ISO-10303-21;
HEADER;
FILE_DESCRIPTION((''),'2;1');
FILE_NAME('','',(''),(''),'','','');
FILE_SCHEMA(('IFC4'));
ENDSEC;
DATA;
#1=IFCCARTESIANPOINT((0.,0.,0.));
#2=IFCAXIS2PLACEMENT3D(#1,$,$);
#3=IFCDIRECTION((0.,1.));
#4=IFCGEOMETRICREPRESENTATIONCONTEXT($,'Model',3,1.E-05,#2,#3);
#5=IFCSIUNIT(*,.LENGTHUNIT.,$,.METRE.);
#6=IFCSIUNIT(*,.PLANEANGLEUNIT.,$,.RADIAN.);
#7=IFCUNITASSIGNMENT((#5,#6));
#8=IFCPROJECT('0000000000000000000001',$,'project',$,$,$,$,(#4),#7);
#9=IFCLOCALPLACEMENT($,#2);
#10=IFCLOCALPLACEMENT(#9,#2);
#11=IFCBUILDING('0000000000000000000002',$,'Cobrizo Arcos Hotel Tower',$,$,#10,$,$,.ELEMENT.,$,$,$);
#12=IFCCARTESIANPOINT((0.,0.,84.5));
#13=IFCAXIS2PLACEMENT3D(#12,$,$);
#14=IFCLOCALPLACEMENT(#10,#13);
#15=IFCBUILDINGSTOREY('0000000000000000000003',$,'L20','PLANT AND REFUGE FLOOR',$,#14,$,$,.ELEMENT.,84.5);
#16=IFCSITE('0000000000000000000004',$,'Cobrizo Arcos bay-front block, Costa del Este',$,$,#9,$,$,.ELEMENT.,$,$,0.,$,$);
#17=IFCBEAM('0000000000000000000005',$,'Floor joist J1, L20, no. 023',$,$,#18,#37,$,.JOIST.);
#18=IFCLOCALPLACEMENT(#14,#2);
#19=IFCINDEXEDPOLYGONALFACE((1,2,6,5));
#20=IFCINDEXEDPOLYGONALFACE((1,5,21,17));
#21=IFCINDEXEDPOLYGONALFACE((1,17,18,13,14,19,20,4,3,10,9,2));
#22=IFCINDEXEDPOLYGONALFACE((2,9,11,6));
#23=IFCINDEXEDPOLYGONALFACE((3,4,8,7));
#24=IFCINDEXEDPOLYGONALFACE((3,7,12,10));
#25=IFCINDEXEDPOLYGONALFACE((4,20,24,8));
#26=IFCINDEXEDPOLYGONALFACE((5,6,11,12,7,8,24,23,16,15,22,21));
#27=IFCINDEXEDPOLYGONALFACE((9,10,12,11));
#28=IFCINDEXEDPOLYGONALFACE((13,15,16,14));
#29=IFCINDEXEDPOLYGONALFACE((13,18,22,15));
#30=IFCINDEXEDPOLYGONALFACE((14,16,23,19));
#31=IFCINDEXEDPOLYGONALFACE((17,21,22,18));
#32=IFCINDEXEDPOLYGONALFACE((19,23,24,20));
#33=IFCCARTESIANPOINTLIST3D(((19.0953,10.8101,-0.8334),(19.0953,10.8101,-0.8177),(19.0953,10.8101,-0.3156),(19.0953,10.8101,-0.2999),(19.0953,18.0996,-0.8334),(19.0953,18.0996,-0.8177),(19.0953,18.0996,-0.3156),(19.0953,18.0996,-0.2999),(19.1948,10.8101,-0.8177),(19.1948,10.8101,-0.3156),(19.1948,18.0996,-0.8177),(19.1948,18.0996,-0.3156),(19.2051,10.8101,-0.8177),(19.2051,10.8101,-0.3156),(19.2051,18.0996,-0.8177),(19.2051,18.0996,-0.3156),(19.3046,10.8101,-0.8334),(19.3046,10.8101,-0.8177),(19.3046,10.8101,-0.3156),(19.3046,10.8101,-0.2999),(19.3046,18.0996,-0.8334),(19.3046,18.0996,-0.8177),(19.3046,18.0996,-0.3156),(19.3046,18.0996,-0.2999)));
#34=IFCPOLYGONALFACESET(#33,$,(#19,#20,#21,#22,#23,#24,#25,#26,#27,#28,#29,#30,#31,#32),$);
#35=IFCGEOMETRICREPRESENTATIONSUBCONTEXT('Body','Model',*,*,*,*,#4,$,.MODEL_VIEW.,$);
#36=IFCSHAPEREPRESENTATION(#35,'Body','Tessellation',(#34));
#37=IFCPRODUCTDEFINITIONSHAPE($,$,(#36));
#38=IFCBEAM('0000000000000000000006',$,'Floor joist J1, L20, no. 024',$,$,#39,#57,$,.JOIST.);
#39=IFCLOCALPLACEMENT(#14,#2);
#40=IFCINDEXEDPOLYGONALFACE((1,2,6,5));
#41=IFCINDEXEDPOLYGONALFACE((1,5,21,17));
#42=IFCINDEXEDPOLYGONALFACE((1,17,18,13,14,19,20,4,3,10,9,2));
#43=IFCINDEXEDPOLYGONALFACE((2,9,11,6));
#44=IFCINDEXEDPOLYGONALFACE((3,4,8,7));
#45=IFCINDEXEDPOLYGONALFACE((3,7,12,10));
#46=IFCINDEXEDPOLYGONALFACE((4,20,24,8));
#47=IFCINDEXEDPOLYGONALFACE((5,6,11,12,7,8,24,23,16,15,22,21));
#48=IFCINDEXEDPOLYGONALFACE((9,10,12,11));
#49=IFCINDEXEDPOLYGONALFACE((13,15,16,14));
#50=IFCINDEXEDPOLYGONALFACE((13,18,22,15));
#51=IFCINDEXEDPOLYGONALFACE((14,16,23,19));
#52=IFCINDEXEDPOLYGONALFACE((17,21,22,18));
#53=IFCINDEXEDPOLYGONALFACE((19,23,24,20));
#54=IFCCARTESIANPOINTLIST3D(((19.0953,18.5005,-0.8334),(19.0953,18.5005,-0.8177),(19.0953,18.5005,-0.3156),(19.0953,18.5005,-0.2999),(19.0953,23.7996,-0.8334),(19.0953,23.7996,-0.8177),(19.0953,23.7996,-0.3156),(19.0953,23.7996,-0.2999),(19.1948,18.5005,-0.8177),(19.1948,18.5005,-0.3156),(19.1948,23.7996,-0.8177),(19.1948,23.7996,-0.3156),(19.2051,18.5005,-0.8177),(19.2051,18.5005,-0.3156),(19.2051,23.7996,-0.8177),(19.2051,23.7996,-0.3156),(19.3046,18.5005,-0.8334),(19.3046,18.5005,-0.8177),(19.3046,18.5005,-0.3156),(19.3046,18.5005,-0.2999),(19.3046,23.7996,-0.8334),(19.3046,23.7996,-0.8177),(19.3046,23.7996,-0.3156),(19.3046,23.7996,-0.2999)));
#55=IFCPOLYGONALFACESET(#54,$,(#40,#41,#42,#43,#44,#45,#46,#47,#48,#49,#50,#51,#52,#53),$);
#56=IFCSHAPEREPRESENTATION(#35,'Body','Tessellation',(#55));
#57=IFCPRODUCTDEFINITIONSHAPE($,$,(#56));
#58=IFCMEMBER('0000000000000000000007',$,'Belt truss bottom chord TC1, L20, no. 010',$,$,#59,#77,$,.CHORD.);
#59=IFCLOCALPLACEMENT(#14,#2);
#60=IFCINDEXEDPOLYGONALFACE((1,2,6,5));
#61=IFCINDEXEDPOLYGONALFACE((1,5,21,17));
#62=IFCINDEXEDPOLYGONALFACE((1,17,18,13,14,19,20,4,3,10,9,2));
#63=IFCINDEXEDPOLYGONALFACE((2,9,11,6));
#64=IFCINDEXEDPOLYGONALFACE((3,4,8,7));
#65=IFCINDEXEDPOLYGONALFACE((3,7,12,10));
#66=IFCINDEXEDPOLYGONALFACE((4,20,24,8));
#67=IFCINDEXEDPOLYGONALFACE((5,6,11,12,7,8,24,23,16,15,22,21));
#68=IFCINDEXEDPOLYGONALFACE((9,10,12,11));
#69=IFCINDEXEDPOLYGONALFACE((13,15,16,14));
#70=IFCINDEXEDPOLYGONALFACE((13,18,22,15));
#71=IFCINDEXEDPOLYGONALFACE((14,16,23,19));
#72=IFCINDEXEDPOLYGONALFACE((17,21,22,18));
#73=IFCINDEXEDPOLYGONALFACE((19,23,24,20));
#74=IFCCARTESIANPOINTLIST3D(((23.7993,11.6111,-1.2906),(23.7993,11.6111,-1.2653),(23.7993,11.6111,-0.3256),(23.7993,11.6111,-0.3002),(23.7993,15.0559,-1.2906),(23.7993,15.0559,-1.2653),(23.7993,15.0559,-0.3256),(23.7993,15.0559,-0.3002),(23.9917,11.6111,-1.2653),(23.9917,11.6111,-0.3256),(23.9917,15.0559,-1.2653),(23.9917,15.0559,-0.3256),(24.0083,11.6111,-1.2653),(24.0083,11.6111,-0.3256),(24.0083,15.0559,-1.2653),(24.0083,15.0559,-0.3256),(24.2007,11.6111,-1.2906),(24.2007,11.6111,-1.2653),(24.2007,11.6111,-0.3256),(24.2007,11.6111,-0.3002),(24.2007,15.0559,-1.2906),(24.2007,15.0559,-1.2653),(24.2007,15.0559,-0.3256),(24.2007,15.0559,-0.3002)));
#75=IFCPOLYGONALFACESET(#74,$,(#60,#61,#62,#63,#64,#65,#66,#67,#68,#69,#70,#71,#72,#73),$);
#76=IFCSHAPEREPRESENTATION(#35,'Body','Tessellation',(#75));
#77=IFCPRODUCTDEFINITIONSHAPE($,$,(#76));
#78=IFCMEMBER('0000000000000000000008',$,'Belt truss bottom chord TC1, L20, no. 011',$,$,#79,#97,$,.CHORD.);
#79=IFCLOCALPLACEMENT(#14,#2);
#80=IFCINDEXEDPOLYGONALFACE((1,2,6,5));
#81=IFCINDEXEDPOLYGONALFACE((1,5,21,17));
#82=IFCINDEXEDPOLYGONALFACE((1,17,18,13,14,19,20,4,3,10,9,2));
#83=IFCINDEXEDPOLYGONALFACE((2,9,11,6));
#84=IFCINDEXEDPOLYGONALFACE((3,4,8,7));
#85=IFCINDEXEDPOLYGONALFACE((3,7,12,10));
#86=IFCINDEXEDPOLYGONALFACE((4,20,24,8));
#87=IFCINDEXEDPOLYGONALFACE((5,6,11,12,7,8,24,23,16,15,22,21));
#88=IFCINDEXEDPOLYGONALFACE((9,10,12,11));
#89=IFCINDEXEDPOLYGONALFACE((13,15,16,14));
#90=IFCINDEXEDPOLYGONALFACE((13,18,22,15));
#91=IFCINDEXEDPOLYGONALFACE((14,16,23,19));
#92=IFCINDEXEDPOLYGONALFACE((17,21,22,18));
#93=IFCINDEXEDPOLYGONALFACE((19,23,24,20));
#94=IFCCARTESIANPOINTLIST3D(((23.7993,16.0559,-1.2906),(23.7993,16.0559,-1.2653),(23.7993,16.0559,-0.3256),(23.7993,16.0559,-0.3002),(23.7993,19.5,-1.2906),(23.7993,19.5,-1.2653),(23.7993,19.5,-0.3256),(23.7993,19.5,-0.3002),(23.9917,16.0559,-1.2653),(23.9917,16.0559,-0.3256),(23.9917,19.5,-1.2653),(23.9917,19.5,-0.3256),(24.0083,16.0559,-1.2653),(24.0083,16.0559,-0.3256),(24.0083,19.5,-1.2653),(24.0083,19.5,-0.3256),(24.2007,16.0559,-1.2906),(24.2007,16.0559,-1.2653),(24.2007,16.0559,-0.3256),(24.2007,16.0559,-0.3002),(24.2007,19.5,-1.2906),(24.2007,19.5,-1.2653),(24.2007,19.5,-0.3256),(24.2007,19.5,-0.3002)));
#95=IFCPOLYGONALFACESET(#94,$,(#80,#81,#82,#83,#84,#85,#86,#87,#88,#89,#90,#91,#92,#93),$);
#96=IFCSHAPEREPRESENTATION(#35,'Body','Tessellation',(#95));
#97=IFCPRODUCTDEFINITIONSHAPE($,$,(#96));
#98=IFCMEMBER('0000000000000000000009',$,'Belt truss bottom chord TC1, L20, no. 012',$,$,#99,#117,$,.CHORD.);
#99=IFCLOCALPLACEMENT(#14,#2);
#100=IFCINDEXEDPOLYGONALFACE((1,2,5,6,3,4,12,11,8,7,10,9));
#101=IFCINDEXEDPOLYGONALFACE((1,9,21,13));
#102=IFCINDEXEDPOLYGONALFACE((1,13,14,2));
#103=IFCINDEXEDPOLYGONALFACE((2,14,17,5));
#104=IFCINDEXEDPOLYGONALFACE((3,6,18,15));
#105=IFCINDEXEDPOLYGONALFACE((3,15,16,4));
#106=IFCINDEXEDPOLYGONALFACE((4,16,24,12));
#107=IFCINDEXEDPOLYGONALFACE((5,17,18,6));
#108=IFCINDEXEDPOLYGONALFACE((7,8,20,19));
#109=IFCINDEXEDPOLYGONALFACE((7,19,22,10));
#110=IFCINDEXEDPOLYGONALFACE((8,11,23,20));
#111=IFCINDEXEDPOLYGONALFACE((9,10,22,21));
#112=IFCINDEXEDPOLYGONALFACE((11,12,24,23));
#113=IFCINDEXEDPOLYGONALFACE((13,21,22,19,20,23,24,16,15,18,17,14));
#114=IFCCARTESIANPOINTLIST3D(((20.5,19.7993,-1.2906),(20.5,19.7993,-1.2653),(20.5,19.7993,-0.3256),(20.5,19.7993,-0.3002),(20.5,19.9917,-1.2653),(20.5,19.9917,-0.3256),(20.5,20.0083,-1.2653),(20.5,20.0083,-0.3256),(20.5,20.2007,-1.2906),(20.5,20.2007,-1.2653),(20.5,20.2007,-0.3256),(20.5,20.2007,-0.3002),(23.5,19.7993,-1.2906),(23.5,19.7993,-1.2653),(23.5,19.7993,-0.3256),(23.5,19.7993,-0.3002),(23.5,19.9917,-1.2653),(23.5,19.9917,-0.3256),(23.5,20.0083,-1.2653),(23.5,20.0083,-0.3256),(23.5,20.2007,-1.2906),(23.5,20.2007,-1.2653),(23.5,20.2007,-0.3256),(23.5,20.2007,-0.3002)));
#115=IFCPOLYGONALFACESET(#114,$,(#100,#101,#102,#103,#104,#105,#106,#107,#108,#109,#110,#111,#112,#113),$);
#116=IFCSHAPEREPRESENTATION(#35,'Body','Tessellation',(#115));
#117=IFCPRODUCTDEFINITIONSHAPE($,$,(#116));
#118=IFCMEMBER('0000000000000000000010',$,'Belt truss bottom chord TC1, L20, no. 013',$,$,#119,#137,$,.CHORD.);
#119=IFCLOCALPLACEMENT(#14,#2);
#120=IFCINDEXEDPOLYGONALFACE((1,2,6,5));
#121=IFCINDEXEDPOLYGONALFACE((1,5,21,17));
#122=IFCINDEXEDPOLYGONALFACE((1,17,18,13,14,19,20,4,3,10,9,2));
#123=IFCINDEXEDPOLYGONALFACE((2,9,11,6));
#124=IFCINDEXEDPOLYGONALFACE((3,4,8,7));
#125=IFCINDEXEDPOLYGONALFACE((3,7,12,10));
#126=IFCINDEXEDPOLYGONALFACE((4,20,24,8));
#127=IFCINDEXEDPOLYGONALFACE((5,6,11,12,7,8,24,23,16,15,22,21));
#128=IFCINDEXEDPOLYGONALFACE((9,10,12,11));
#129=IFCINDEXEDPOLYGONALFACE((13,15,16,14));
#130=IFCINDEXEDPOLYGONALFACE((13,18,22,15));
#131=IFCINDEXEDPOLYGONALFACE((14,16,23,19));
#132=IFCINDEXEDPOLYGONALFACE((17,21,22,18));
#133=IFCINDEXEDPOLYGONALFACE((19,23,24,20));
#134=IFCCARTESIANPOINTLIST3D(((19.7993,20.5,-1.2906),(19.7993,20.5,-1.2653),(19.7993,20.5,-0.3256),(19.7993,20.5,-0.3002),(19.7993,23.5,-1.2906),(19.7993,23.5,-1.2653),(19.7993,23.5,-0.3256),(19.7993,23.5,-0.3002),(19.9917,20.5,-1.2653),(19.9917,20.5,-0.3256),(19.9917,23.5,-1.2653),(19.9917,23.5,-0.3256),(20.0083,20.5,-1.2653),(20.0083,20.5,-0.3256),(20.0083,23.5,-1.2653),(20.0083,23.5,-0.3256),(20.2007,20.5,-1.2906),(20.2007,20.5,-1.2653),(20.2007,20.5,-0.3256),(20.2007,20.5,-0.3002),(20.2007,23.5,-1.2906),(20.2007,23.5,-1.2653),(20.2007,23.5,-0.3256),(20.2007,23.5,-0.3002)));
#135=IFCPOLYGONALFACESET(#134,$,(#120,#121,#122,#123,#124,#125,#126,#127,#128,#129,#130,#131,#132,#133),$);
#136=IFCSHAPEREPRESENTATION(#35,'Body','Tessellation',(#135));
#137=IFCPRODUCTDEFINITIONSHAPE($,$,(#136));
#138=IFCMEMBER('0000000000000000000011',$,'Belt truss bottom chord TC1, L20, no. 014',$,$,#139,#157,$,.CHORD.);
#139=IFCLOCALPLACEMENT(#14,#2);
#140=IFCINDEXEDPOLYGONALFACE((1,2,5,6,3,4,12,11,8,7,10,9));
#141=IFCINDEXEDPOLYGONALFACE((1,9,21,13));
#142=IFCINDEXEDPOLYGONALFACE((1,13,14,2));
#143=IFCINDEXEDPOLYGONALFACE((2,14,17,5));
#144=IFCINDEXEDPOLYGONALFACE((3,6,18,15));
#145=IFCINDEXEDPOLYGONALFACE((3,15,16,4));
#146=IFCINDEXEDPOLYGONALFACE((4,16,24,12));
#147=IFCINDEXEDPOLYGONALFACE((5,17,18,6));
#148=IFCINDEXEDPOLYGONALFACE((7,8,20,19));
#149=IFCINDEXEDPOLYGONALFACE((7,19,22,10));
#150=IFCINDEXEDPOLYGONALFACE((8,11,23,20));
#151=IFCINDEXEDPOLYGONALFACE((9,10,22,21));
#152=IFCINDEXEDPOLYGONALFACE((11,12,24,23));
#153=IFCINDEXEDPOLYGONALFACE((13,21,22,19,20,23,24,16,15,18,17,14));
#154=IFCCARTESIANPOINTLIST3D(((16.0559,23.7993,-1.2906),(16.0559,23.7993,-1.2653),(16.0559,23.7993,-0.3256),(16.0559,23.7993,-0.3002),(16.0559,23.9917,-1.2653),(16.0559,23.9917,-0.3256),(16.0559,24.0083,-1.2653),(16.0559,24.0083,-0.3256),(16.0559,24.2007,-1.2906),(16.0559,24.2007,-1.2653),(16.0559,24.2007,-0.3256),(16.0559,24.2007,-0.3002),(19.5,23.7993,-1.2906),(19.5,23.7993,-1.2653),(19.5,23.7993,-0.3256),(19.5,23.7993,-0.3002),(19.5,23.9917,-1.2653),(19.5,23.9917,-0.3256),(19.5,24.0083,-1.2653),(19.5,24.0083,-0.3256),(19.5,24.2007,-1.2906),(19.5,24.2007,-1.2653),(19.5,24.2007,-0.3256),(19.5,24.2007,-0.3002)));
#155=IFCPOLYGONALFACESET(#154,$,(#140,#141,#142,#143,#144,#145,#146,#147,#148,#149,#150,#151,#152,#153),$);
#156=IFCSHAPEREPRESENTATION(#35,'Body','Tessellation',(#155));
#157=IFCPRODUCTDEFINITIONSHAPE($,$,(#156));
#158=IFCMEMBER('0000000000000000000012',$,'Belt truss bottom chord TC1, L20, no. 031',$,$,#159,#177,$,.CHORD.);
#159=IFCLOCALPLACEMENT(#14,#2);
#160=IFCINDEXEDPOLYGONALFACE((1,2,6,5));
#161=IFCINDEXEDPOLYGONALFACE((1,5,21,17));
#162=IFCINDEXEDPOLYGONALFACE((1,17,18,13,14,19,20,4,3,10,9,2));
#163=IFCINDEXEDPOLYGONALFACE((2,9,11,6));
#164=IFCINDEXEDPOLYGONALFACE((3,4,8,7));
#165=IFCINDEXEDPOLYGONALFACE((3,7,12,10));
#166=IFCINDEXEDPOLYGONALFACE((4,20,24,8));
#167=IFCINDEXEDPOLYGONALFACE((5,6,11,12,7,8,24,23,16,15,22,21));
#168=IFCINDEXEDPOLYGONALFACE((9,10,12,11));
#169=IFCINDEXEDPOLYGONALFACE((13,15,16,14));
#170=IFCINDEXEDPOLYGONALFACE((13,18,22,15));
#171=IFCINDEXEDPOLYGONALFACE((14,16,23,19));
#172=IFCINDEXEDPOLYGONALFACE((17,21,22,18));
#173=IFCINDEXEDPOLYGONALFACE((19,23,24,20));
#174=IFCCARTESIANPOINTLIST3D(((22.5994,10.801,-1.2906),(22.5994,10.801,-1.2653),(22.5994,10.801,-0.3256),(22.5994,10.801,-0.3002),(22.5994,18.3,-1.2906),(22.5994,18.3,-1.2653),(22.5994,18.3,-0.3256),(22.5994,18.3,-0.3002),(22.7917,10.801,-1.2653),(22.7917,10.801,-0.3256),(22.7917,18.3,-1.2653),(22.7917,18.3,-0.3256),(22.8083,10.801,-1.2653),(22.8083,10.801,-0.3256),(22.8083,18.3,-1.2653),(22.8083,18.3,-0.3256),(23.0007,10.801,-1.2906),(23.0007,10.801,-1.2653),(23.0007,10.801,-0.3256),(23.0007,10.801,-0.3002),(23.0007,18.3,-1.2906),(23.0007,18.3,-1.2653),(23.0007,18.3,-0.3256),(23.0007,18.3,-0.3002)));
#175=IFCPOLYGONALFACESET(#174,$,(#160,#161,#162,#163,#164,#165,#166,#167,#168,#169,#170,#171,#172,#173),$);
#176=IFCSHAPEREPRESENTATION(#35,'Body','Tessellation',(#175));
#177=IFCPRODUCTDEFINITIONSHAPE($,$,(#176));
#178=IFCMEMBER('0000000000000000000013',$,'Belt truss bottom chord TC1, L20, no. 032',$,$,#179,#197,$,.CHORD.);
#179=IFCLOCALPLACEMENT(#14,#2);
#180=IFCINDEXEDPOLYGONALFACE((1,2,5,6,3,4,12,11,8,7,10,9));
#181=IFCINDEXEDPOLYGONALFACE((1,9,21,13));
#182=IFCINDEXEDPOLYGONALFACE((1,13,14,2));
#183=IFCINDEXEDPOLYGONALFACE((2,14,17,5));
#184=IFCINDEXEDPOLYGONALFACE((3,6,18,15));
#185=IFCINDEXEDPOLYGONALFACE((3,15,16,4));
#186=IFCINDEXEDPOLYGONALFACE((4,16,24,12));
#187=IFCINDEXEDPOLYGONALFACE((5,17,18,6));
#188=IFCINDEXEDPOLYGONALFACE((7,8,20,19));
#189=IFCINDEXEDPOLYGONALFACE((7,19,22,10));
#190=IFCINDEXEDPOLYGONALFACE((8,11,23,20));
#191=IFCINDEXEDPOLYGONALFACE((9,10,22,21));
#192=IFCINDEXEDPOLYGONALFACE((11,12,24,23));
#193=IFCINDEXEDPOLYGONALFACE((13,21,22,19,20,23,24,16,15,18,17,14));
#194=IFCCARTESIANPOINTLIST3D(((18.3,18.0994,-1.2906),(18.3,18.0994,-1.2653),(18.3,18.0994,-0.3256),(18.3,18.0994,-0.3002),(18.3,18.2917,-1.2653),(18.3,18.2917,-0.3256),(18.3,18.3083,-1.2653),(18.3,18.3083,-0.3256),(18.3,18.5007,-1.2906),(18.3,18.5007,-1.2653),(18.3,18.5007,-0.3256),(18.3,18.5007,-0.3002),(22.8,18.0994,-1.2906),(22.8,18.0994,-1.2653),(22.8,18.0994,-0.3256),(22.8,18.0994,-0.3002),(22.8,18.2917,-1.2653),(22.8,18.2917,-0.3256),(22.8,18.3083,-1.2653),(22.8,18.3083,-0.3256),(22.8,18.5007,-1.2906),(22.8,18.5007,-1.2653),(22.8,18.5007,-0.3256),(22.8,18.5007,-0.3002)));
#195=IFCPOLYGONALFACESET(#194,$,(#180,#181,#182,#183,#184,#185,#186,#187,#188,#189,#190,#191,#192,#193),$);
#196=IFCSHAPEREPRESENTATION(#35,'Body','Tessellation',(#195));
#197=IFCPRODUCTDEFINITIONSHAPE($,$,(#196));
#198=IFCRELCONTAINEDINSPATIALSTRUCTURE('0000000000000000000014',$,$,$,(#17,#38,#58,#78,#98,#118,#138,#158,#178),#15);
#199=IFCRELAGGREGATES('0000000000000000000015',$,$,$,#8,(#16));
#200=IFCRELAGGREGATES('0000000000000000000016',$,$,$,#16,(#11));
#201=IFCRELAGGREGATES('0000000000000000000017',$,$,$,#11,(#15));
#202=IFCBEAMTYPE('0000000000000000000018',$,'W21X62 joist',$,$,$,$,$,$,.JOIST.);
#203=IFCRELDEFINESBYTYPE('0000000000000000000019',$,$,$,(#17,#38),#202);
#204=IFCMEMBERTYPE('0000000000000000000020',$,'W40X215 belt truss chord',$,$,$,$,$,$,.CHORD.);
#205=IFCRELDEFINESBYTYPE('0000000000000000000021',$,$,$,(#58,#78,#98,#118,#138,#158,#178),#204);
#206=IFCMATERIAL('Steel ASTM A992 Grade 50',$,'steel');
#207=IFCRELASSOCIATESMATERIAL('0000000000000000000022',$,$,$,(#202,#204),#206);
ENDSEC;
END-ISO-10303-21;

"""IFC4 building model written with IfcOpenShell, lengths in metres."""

from ifc_helpers import new_model, si_unit, direction, frame, origin, origin_2d, place, context, subcontext, project, spatial, i_section, extrude, material, material_profile, profile_set, type_object, element, save


model = new_model("IFC4")

# Units and contexts
model_context = context("Model", 3, precision=1e-05, world=origin(), true_north=direction((0.0, 1.0)))
body_context = subcontext(model_context, "Body", "Model", "MODEL_VIEW")
ifc_project = project(units=[si_unit("LENGTHUNIT", "METRE"), si_unit("PLANEANGLEUNIT", "RADIAN")], contexts=[model_context])

# Site, building, storey
site_placement = place(None, origin())
site = spatial("IfcSite", under=ifc_project, at=site_placement, Name="Cobrizo Arcos bay-front block, Costa del Este", CompositionType="ELEMENT", RefElevation=0.0)
building_placement = place(site_placement, origin())
building = spatial("IfcBuilding", under=site, at=building_placement, Name="Cobrizo Arcos Hotel Tower", CompositionType="ELEMENT")
storey_placement = place(building_placement, frame((0.0, 0.0, 84.5)))
storey = spatial("IfcBuildingStorey", under=building, at=storey_placement, Name="L20", Description="PLANT AND REFUGE FLOOR", CompositionType="ELEMENT", Elevation=84.5)

# Beams
ifc_material_1 = material(Name="Steel ASTM A992 Grade 50", Category="steel")
ifc_material_profile_1 = material_profile(ifc_material_1, i_section(OverallWidth=0.2092, OverallDepth=0.5334, WebThickness=0.0103, FlangeThickness=0.0156, at=origin_2d()), Name="W21X62")
ifc_profile_set_1 = profile_set([ifc_material_profile_1], Name="Steel ASTM A992 Grade 50")
beam_type = type_object("IfcBeamType", Name="W21X62 joist", PredefinedType="JOIST", material=ifc_profile_set_1)
beam_1_placement = place(storey_placement, frame((19.2, 10.8101, -0.5667), z_axis=(0.0, 1.0, 0.0), x_axis=(-1.0, 0.0, 0.0)))
element("IfcBeam", 1, at=beam_1_placement, inside=storey, type_object=beam_type, Name="Floor joist J1, L20, no. 023", PredefinedType="JOIST", context=body_context, shape_type="SweptSolid", body=[
    extrude(i_section(OverallWidth=0.2092, OverallDepth=0.5334, WebThickness=0.0103, FlangeThickness=0.0156, at=origin_2d()), origin(), (0.0, 0.0, 1.0), 7.2896),
])
beam_2_placement = place(storey_placement, frame((19.2, 18.5005, -0.5667), z_axis=(0.0, 1.0, 0.0), x_axis=(-1.0, 0.0, 0.0)))
element("IfcBeam", 2, at=beam_2_placement, inside=storey, type_object=beam_type, Name="Floor joist J1, L20, no. 024", PredefinedType="JOIST", context=body_context, shape_type="SweptSolid", body=[
    extrude(i_section(OverallWidth=0.2092, OverallDepth=0.5334, WebThickness=0.0103, FlangeThickness=0.0156, at=origin_2d()), origin(), (0.0, 0.0, 1.0), 5.2991),
])

# Members
ifc_material_profile_2 = material_profile(ifc_material_1, i_section(OverallWidth=0.4014, OverallDepth=0.9905, WebThickness=0.0166, FlangeThickness=0.0254, at=origin_2d()), Name="W40X215")
ifc_profile_set_2 = profile_set([ifc_material_profile_2], Name="Steel ASTM A992 Grade 50")
member_type = type_object("IfcMemberType", Name="W40X215 belt truss chord", PredefinedType="CHORD", material=ifc_profile_set_2)
member_1_placement = place(storey_placement, frame((24.0, 11.6111, -0.7954), z_axis=(0.0, 1.0, 0.0), x_axis=(-1.0, 0.0, 0.0)))
element("IfcMember", 3, at=member_1_placement, inside=storey, type_object=member_type, Name="Belt truss bottom chord TC1, L20, no. 010", PredefinedType="CHORD", context=body_context, shape_type="SweptSolid", body=[
    extrude(i_section(OverallWidth=0.4014, OverallDepth=0.9905, WebThickness=0.0166, FlangeThickness=0.0254, at=origin_2d()), origin(), (0.0, 0.0, 1.0), 3.4448),
])
member_2_placement = place(storey_placement, frame((24.0, 16.0559, -0.7954), z_axis=(0.0, 1.0, 0.0), x_axis=(-1.0, 0.0, 0.0)))
element("IfcMember", 4, at=member_2_placement, inside=storey, type_object=member_type, Name="Belt truss bottom chord TC1, L20, no. 011", PredefinedType="CHORD", context=body_context, shape_type="SweptSolid", body=[
    extrude(i_section(OverallWidth=0.4014, OverallDepth=0.9905, WebThickness=0.0166, FlangeThickness=0.0254, at=origin_2d()), origin(), (0.0, 0.0, 1.0), 3.4441),
])
for number, where, z_axis, x_axis, name in (
    (5, (23.5, 20.0, -0.7954), (-1.0, 0.0, 0.0), (0.0, -1.0, 0.0), "Belt truss bottom chord TC1, L20, no. 012"),
    (6, (20.0, 20.5, -0.7954), (0.0, 1.0, 0.0), (-1.0, 0.0, 0.0), "Belt truss bottom chord TC1, L20, no. 013"),
):
    element("IfcMember", number, at=place(storey_placement, frame(where, z_axis=z_axis, x_axis=x_axis)), inside=storey, type_object=member_type, Name=name, PredefinedType="CHORD", context=body_context, shape_type="SweptSolid", body=[
        extrude(i_section(OverallWidth=0.4014, OverallDepth=0.9905, WebThickness=0.0166, FlangeThickness=0.0254, at=origin_2d()), origin(), (0.0, 0.0, 1.0), 3.0),
    ])
member_3_placement = place(storey_placement, frame((19.5, 24.0, -0.7954), z_axis=(-1.0, 0.0, 0.0), x_axis=(0.0, -1.0, 0.0)))
element("IfcMember", 7, at=member_3_placement, inside=storey, type_object=member_type, Name="Belt truss bottom chord TC1, L20, no. 014", PredefinedType="CHORD", context=body_context, shape_type="SweptSolid", body=[
    extrude(i_section(OverallWidth=0.4014, OverallDepth=0.9905, WebThickness=0.0166, FlangeThickness=0.0254, at=origin_2d()), origin(), (0.0, 0.0, 1.0), 3.4441),
])
member_4_placement = place(storey_placement, frame((22.8, 10.801, -0.7954), z_axis=(0.0, 1.0, 0.0), x_axis=(-1.0, 0.0, 0.0)))
element("IfcMember", 8, at=member_4_placement, inside=storey, type_object=member_type, Name="Belt truss bottom chord TC1, L20, no. 031", PredefinedType="CHORD", context=body_context, shape_type="SweptSolid", body=[
    extrude(i_section(OverallWidth=0.4014, OverallDepth=0.9905, WebThickness=0.0166, FlangeThickness=0.0254, at=origin_2d()), origin(), (0.0, 0.0, 1.0), 7.499),
])
for number, where, z_axis, x_axis, name in (
    (9, (22.8, 18.3, -0.7954), (-1.0, 0.0, 0.0), (0.0, -1.0, 0.0), "Belt truss bottom chord TC1, L20, no. 032"),
):
    element("IfcMember", number, at=place(storey_placement, frame(where, z_axis=z_axis, x_axis=x_axis)), inside=storey, type_object=member_type, Name=name, PredefinedType="CHORD", context=body_context, shape_type="SweptSolid", body=[
        extrude(i_section(OverallWidth=0.4014, OverallDepth=0.9905, WebThickness=0.0166, FlangeThickness=0.0254, at=origin_2d()), origin(), (0.0, 0.0, 1.0), 4.5),
    ])

save(model, "model.ifc")
